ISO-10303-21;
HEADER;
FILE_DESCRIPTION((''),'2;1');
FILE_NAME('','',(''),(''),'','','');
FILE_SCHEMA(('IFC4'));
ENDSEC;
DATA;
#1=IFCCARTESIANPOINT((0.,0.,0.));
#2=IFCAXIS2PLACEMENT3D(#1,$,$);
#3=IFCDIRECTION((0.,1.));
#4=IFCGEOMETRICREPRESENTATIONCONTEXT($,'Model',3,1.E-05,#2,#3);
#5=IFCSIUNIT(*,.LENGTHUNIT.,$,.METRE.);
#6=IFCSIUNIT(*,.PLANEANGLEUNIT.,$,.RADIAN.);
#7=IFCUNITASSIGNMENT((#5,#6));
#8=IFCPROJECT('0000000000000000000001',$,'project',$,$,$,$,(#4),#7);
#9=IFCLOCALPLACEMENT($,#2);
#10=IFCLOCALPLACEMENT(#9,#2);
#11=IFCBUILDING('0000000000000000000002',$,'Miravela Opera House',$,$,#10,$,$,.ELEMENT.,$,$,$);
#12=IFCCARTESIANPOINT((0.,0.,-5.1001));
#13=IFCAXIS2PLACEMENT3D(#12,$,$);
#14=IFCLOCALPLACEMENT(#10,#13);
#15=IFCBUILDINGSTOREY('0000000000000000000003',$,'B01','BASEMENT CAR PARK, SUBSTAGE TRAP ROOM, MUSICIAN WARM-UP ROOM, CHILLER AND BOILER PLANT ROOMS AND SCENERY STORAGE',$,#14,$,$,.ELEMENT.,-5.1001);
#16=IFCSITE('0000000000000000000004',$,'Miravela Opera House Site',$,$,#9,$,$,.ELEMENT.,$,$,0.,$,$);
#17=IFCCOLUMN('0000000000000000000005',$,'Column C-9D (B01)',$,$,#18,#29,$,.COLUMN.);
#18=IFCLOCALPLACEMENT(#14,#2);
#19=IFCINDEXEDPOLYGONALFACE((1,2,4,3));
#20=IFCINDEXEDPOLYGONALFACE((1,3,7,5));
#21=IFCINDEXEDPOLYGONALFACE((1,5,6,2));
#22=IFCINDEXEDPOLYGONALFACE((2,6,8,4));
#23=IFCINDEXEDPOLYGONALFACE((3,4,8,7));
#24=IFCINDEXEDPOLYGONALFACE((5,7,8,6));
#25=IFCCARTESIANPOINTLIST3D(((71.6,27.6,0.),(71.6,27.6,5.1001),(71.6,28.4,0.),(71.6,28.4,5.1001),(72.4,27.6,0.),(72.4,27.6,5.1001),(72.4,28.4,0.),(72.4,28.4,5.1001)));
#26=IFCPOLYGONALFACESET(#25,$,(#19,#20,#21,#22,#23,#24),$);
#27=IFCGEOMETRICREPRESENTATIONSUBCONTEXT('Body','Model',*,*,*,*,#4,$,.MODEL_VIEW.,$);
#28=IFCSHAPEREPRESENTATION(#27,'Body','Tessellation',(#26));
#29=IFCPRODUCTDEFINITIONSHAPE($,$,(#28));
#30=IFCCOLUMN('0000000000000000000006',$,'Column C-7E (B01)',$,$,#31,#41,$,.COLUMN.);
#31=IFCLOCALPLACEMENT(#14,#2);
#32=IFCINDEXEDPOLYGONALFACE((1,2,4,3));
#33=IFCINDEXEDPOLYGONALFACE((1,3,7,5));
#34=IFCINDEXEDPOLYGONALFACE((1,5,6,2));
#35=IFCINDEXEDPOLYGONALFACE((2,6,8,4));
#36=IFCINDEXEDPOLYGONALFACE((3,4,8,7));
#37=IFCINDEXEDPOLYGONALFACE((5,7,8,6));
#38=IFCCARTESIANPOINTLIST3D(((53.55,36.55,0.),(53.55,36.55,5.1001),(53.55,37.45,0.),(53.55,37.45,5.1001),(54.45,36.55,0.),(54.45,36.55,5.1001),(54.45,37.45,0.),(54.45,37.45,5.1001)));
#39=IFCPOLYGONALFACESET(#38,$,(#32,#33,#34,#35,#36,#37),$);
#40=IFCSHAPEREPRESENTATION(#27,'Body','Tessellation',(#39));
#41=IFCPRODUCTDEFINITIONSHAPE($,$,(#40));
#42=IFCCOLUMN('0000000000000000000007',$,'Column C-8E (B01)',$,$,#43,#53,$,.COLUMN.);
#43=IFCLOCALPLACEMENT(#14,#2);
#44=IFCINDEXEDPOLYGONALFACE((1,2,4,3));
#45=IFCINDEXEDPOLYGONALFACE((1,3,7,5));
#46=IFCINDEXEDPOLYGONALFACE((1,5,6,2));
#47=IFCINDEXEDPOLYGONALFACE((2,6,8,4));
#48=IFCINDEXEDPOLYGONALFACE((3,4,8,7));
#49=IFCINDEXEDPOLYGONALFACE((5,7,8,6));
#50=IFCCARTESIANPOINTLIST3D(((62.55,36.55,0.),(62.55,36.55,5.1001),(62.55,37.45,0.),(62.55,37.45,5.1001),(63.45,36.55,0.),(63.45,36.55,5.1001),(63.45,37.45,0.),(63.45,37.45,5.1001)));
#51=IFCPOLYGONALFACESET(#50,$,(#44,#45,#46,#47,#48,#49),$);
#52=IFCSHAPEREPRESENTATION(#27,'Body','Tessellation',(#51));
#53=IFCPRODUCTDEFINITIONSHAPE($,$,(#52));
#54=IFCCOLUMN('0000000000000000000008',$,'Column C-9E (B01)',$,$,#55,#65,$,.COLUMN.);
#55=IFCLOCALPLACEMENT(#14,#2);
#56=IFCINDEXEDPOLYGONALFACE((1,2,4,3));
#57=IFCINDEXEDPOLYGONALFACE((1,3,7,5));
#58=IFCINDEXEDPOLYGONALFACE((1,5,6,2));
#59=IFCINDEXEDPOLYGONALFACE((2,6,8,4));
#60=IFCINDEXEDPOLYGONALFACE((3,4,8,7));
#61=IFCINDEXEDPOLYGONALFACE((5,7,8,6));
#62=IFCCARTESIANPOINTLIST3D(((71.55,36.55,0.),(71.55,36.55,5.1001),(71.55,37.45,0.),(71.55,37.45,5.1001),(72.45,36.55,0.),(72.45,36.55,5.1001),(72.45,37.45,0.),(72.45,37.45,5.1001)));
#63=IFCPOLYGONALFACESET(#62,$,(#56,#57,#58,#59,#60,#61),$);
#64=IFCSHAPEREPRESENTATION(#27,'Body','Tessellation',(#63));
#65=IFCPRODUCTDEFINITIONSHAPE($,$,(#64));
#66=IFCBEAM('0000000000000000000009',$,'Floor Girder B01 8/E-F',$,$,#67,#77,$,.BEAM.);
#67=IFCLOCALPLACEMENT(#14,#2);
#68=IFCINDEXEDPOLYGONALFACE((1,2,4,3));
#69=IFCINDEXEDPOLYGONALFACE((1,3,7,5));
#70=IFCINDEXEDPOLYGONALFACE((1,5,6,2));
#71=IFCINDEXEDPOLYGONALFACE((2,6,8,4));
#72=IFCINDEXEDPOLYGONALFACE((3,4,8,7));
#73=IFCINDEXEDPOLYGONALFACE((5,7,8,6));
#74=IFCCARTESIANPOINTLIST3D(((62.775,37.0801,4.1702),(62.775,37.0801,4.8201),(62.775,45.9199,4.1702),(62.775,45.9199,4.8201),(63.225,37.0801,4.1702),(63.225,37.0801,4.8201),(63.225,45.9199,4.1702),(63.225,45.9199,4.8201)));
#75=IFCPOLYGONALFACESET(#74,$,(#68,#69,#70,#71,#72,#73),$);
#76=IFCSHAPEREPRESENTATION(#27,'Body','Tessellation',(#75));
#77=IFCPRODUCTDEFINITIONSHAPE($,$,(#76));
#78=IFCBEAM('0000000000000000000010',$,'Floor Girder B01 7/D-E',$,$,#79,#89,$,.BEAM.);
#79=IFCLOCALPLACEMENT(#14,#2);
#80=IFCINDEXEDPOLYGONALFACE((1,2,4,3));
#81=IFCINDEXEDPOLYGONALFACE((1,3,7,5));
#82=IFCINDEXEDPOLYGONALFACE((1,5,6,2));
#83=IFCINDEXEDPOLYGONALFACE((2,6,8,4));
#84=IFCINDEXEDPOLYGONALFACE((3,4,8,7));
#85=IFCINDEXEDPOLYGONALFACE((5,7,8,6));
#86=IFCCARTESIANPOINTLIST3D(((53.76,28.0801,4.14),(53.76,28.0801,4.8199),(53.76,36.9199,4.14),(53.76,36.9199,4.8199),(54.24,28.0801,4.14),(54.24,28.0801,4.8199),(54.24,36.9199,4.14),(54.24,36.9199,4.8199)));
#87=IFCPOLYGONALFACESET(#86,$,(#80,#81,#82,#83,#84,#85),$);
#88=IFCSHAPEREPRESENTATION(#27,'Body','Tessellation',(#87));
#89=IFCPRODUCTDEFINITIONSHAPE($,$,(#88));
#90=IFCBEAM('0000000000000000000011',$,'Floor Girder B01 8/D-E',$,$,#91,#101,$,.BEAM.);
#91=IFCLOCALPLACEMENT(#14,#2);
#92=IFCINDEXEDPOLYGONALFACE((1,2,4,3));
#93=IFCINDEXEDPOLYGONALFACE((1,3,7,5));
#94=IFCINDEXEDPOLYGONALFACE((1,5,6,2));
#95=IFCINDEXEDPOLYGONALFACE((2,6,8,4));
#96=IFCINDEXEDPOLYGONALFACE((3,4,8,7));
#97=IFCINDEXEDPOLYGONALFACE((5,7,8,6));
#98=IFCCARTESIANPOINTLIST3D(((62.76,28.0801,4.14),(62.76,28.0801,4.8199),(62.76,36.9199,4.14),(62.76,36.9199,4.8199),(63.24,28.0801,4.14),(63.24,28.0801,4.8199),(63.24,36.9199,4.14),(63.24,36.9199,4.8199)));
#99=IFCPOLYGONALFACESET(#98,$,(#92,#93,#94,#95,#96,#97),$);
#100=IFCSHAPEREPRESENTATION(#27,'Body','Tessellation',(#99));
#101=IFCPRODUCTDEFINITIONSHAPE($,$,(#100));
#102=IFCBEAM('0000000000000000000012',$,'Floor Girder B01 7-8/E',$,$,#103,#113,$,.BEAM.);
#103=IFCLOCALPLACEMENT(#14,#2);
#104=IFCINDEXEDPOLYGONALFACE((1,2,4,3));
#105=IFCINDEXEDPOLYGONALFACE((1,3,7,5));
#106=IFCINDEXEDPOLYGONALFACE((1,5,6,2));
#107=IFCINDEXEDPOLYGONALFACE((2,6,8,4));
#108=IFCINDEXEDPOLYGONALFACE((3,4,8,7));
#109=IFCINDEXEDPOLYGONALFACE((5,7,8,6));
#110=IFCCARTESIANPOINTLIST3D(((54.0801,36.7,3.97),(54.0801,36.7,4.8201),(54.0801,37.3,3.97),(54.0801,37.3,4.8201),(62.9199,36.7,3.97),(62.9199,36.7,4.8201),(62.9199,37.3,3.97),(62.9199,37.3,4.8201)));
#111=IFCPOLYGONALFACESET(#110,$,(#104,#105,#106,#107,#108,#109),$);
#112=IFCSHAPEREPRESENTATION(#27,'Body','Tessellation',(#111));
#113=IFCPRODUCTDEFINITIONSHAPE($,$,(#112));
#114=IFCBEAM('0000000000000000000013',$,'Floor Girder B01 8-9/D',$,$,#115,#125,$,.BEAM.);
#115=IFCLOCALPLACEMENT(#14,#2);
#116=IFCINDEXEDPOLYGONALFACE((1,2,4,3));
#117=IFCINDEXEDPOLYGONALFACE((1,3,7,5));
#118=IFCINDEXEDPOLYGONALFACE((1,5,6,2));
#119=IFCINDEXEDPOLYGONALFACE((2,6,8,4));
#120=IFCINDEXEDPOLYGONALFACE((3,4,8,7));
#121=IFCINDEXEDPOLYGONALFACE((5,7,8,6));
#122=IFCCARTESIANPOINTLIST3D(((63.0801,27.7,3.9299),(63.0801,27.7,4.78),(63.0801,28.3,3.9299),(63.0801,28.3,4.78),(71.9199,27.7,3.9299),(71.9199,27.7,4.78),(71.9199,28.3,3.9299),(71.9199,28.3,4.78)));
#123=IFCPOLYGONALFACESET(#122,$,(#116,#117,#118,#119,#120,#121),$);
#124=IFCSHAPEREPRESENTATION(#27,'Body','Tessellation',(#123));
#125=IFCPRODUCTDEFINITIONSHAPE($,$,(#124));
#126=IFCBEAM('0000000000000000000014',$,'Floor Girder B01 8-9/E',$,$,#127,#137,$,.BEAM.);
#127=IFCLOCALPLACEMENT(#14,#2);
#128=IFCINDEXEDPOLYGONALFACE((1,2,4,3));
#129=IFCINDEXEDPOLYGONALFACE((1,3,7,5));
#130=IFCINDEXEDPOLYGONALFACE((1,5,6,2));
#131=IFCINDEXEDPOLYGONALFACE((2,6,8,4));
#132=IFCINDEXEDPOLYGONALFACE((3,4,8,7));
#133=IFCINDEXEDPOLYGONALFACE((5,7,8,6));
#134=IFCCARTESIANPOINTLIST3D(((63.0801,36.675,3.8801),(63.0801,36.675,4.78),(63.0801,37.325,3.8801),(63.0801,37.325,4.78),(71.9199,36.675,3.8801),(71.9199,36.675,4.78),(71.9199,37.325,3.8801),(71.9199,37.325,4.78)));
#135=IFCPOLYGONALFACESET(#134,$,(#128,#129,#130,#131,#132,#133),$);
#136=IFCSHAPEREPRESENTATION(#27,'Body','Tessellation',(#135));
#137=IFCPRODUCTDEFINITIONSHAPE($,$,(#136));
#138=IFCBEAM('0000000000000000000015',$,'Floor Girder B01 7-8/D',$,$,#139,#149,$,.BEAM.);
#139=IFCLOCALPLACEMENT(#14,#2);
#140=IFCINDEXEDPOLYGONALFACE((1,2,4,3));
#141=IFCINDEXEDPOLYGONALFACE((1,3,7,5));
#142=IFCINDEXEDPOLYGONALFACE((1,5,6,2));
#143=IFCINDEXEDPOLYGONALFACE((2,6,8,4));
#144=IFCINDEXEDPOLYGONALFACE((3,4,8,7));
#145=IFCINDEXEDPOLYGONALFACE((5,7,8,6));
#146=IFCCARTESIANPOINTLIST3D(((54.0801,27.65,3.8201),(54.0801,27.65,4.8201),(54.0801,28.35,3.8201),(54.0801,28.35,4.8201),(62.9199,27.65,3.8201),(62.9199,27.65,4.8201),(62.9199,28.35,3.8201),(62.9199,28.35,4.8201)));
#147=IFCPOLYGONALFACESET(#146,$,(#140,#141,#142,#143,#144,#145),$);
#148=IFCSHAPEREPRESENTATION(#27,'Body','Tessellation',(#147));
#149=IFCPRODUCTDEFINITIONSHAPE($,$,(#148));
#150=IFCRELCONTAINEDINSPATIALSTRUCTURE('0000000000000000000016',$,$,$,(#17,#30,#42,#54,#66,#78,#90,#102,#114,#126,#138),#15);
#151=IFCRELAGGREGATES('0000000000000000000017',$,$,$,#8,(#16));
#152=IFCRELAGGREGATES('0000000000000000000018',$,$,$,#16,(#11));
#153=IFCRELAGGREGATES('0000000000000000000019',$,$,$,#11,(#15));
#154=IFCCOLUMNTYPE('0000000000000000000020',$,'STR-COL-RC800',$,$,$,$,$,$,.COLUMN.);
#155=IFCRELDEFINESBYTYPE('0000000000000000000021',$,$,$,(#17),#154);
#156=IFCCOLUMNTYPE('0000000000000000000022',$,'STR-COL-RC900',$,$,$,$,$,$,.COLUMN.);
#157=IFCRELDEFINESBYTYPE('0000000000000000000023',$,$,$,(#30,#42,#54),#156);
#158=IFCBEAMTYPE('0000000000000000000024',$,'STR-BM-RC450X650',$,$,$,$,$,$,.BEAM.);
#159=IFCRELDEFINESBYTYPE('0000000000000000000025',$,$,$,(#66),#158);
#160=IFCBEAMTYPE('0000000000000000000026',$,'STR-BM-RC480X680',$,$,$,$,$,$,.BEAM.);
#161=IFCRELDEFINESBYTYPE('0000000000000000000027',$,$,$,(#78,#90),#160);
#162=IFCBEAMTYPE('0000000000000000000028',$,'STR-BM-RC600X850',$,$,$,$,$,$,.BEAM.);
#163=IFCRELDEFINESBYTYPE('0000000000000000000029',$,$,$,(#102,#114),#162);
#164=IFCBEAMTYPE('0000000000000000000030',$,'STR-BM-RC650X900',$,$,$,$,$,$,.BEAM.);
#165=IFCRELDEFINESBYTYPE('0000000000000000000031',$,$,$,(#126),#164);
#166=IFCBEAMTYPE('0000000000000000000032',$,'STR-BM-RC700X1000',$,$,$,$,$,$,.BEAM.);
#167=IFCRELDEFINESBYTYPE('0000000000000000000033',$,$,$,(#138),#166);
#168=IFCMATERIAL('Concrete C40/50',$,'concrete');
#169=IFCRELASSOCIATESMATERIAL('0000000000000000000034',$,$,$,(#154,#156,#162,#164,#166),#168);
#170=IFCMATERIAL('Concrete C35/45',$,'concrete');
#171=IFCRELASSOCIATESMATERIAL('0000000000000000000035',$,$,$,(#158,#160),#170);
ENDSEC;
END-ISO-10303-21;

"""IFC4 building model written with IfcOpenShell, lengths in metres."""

from ifc_helpers import new_model, si_unit, direction, frame, origin, origin_2d, place, context, subcontext, project, spatial, rectangle, extrude, material, material_profile, profile_set, type_object, element, save


model = new_model("IFC4")

# Units and contexts
model_context = context("Model", 3, precision=1e-05, world=origin(), true_north=direction((0.0, 1.0)))
body_context = subcontext(model_context, "Body", "Model", "MODEL_VIEW")
ifc_project = project(units=[si_unit("LENGTHUNIT", "METRE"), si_unit("PLANEANGLEUNIT", "RADIAN")], contexts=[model_context])

# Site, building, storey
site_placement = place(None, origin())
site = spatial("IfcSite", under=ifc_project, at=site_placement, Name="Miravela Opera House Site", CompositionType="ELEMENT", RefElevation=0.0)
building_placement = place(site_placement, origin())
building = spatial("IfcBuilding", under=site, at=building_placement, Name="Miravela Opera House", CompositionType="ELEMENT")
storey_placement = place(building_placement, frame((0.0, 0.0, -5.1001)))
storey = spatial("IfcBuildingStorey", under=building, at=storey_placement, Name="B01", Description="BASEMENT CAR PARK, SUBSTAGE TRAP ROOM, MUSICIAN WARM-UP ROOM, CHILLER AND BOILER PLANT ROOMS AND SCENERY STORAGE", CompositionType="ELEMENT", Elevation=-5.1001)

# Shared definitions
ifc_material_1 = material(Name="Concrete C35/45", Category="concrete")

# Columns
ifc_material_2 = material(Name="Concrete C40/50", Category="concrete")
ifc_material_profile_1 = material_profile(ifc_material_2, rectangle(XDim=0.8, YDim=0.8, at=origin_2d()), Name="RC-COL-800X800")
ifc_profile_set_1 = profile_set([ifc_material_profile_1])
column_type_1 = type_object("IfcColumnType", Name="STR-COL-RC800", PredefinedType="COLUMN", material=ifc_profile_set_1)
for number, where, z_axis, x_axis, name in (
    (1, (72.0, 28.0, 0.0), (0.0, 0.0, 1.0), (1.0, 0.0, 0.0), "Column C-9D (B01)"),
):
    element("IfcColumn", number, at=place(storey_placement, frame(where, z_axis=z_axis, x_axis=x_axis)), inside=storey, type_object=column_type_1, Name=name, PredefinedType="COLUMN", context=body_context, shape_type="SweptSolid", body=[
        extrude(rectangle(XDim=0.8, YDim=0.8, at=origin_2d()), origin(), (0.0, 0.0, 1.0), 5.1001),
    ])
ifc_material_profile_2 = material_profile(ifc_material_2, rectangle(XDim=0.8999, YDim=0.8999, at=origin_2d()), Name="RC-COL-900X900")
ifc_profile_set_2 = profile_set([ifc_material_profile_2])
column_type_2 = type_object("IfcColumnType", Name="STR-COL-RC900", PredefinedType="COLUMN", material=ifc_profile_set_2)
for number, where, z_axis, x_axis, name in (
    (2, (54.0, 37.0, 0.0), (0.0, 0.0, 1.0), (1.0, 0.0, 0.0), "Column C-7E (B01)"),
    (3, (63.0, 37.0, 0.0), (0.0, 0.0, 1.0), (1.0, 0.0, 0.0), "Column C-8E (B01)"),
    (4, (72.0, 37.0, 0.0), (0.0, 0.0, 1.0), (1.0, 0.0, 0.0), "Column C-9E (B01)"),
):
    element("IfcColumn", number, at=place(storey_placement, frame(where, z_axis=z_axis, x_axis=x_axis)), inside=storey, type_object=column_type_2, Name=name, PredefinedType="COLUMN", context=body_context, shape_type="SweptSolid", body=[
        extrude(rectangle(XDim=0.8999, YDim=0.8999, at=origin_2d()), origin(), (0.0, 0.0, 1.0), 5.1001),
    ])

# Beams
ifc_material_profile_3 = material_profile(ifc_material_1, rectangle(XDim=0.45, YDim=0.6499, at=origin_2d()), Name="RC-BM-450X650")
ifc_profile_set_3 = profile_set([ifc_material_profile_3])
beam_type_1 = type_object("IfcBeamType", Name="STR-BM-RC450X650", PredefinedType="BEAM", material=ifc_profile_set_3)
beam_1_placement = place(storey_placement, frame((63.0, 37.0801, 4.4951), z_axis=(0.0, 1.0, 0.0), x_axis=(-1.0, 0.0, 0.0)))
element("IfcBeam", 5, at=beam_1_placement, inside=storey, type_object=beam_type_1, Name="Floor Girder B01 8/E-F", PredefinedType="BEAM", context=body_context, shape_type="SweptSolid", body=[
    extrude(rectangle(XDim=0.45, YDim=0.6499, at=origin_2d()), origin(), (0.0, 0.0, 1.0), 8.8398),
])
ifc_material_profile_4 = material_profile(ifc_material_1, rectangle(XDim=0.48, YDim=0.6799, at=origin_2d()), Name="RC-BM-480X680")
ifc_profile_set_4 = profile_set([ifc_material_profile_4])
beam_type_2 = type_object("IfcBeamType", Name="STR-BM-RC480X680", PredefinedType="BEAM", material=ifc_profile_set_4)
for number, where, z_axis, x_axis, name in (
    (6, (54.0, 28.0801, 4.48), (0.0, 1.0, 0.0), (-1.0, 0.0, 0.0), "Floor Girder B01 7/D-E"),
    (7, (63.0, 28.0801, 4.48), (0.0, 1.0, 0.0), (-1.0, 0.0, 0.0), "Floor Girder B01 8/D-E"),
):
    element("IfcBeam", number, at=place(storey_placement, frame(where, z_axis=z_axis, x_axis=x_axis)), inside=storey, type_object=beam_type_2, Name=name, PredefinedType="BEAM", context=body_context, shape_type="SweptSolid", body=[
        extrude(rectangle(XDim=0.48, YDim=0.6799, at=origin_2d()), origin(), (0.0, 0.0, 1.0), 8.8398),
    ])
ifc_material_profile_5 = material_profile(ifc_material_2, rectangle(XDim=0.6001, YDim=0.8501, at=origin_2d()), Name="RC-BM-600X850")
ifc_profile_set_5 = profile_set([ifc_material_profile_5])
beam_type_3 = type_object("IfcBeamType", Name="STR-BM-RC600X850", PredefinedType="BEAM", material=ifc_profile_set_5)
for number, where, z_axis, x_axis, name in (
    (8, (54.0801, 37.0, 4.395), (1.0, 0.0, 0.0), (0.0, 1.0, 0.0), "Floor Girder B01 7-8/E"),
    (9, (63.0801, 28.0, 4.355), (1.0, 0.0, 0.0), (0.0, 1.0, 0.0), "Floor Girder B01 8-9/D"),
):
    element("IfcBeam", number, at=place(storey_placement, frame(where, z_axis=z_axis, x_axis=x_axis)), inside=storey, type_object=beam_type_3, Name=name, PredefinedType="BEAM", context=body_context, shape_type="SweptSolid", body=[
        extrude(rectangle(XDim=0.6001, YDim=0.8501, at=origin_2d()), origin(), (0.0, 0.0, 1.0), 8.8398),
    ])
ifc_material_profile_6 = material_profile(ifc_material_2, rectangle(XDim=0.6499, YDim=0.8999, at=origin_2d()), Name="RC-BM-650X900")
ifc_profile_set_6 = profile_set([ifc_material_profile_6])
beam_type_4 = type_object("IfcBeamType", Name="STR-BM-RC650X900", PredefinedType="BEAM", material=ifc_profile_set_6)
beam_2_placement = place(storey_placement, frame((63.0801, 37.0, 4.3301), z_axis=(1.0, 0.0, 0.0), x_axis=(0.0, 1.0, 0.0)))
element("IfcBeam", 10, at=beam_2_placement, inside=storey, type_object=beam_type_4, Name="Floor Girder B01 8-9/E", PredefinedType="BEAM", context=body_context, shape_type="SweptSolid", body=[
    extrude(rectangle(XDim=0.6499, YDim=0.8999, at=origin_2d()), origin(), (0.0, 0.0, 1.0), 8.8398),
])
ifc_material_profile_7 = material_profile(ifc_material_2, rectangle(XDim=0.7, YDim=1.0, at=origin_2d()), Name="RC-BM-700X1000")
ifc_profile_set_7 = profile_set([ifc_material_profile_7])
beam_type_5 = type_object("IfcBeamType", Name="STR-BM-RC700X1000", PredefinedType="BEAM", material=ifc_profile_set_7)
beam_3_placement = place(storey_placement, frame((54.0801, 28.0, 4.3201), z_axis=(1.0, 0.0, 0.0), x_axis=(0.0, 1.0, 0.0)))
element("IfcBeam", 11, at=beam_3_placement, inside=storey, type_object=beam_type_5, Name="Floor Girder B01 7-8/D", PredefinedType="BEAM", context=body_context, shape_type="SweptSolid", body=[
    extrude(rectangle(XDim=0.7, YDim=1.0, at=origin_2d()), origin(), (0.0, 0.0, 1.0), 8.8398),
])

save(model, "model.ifc")
